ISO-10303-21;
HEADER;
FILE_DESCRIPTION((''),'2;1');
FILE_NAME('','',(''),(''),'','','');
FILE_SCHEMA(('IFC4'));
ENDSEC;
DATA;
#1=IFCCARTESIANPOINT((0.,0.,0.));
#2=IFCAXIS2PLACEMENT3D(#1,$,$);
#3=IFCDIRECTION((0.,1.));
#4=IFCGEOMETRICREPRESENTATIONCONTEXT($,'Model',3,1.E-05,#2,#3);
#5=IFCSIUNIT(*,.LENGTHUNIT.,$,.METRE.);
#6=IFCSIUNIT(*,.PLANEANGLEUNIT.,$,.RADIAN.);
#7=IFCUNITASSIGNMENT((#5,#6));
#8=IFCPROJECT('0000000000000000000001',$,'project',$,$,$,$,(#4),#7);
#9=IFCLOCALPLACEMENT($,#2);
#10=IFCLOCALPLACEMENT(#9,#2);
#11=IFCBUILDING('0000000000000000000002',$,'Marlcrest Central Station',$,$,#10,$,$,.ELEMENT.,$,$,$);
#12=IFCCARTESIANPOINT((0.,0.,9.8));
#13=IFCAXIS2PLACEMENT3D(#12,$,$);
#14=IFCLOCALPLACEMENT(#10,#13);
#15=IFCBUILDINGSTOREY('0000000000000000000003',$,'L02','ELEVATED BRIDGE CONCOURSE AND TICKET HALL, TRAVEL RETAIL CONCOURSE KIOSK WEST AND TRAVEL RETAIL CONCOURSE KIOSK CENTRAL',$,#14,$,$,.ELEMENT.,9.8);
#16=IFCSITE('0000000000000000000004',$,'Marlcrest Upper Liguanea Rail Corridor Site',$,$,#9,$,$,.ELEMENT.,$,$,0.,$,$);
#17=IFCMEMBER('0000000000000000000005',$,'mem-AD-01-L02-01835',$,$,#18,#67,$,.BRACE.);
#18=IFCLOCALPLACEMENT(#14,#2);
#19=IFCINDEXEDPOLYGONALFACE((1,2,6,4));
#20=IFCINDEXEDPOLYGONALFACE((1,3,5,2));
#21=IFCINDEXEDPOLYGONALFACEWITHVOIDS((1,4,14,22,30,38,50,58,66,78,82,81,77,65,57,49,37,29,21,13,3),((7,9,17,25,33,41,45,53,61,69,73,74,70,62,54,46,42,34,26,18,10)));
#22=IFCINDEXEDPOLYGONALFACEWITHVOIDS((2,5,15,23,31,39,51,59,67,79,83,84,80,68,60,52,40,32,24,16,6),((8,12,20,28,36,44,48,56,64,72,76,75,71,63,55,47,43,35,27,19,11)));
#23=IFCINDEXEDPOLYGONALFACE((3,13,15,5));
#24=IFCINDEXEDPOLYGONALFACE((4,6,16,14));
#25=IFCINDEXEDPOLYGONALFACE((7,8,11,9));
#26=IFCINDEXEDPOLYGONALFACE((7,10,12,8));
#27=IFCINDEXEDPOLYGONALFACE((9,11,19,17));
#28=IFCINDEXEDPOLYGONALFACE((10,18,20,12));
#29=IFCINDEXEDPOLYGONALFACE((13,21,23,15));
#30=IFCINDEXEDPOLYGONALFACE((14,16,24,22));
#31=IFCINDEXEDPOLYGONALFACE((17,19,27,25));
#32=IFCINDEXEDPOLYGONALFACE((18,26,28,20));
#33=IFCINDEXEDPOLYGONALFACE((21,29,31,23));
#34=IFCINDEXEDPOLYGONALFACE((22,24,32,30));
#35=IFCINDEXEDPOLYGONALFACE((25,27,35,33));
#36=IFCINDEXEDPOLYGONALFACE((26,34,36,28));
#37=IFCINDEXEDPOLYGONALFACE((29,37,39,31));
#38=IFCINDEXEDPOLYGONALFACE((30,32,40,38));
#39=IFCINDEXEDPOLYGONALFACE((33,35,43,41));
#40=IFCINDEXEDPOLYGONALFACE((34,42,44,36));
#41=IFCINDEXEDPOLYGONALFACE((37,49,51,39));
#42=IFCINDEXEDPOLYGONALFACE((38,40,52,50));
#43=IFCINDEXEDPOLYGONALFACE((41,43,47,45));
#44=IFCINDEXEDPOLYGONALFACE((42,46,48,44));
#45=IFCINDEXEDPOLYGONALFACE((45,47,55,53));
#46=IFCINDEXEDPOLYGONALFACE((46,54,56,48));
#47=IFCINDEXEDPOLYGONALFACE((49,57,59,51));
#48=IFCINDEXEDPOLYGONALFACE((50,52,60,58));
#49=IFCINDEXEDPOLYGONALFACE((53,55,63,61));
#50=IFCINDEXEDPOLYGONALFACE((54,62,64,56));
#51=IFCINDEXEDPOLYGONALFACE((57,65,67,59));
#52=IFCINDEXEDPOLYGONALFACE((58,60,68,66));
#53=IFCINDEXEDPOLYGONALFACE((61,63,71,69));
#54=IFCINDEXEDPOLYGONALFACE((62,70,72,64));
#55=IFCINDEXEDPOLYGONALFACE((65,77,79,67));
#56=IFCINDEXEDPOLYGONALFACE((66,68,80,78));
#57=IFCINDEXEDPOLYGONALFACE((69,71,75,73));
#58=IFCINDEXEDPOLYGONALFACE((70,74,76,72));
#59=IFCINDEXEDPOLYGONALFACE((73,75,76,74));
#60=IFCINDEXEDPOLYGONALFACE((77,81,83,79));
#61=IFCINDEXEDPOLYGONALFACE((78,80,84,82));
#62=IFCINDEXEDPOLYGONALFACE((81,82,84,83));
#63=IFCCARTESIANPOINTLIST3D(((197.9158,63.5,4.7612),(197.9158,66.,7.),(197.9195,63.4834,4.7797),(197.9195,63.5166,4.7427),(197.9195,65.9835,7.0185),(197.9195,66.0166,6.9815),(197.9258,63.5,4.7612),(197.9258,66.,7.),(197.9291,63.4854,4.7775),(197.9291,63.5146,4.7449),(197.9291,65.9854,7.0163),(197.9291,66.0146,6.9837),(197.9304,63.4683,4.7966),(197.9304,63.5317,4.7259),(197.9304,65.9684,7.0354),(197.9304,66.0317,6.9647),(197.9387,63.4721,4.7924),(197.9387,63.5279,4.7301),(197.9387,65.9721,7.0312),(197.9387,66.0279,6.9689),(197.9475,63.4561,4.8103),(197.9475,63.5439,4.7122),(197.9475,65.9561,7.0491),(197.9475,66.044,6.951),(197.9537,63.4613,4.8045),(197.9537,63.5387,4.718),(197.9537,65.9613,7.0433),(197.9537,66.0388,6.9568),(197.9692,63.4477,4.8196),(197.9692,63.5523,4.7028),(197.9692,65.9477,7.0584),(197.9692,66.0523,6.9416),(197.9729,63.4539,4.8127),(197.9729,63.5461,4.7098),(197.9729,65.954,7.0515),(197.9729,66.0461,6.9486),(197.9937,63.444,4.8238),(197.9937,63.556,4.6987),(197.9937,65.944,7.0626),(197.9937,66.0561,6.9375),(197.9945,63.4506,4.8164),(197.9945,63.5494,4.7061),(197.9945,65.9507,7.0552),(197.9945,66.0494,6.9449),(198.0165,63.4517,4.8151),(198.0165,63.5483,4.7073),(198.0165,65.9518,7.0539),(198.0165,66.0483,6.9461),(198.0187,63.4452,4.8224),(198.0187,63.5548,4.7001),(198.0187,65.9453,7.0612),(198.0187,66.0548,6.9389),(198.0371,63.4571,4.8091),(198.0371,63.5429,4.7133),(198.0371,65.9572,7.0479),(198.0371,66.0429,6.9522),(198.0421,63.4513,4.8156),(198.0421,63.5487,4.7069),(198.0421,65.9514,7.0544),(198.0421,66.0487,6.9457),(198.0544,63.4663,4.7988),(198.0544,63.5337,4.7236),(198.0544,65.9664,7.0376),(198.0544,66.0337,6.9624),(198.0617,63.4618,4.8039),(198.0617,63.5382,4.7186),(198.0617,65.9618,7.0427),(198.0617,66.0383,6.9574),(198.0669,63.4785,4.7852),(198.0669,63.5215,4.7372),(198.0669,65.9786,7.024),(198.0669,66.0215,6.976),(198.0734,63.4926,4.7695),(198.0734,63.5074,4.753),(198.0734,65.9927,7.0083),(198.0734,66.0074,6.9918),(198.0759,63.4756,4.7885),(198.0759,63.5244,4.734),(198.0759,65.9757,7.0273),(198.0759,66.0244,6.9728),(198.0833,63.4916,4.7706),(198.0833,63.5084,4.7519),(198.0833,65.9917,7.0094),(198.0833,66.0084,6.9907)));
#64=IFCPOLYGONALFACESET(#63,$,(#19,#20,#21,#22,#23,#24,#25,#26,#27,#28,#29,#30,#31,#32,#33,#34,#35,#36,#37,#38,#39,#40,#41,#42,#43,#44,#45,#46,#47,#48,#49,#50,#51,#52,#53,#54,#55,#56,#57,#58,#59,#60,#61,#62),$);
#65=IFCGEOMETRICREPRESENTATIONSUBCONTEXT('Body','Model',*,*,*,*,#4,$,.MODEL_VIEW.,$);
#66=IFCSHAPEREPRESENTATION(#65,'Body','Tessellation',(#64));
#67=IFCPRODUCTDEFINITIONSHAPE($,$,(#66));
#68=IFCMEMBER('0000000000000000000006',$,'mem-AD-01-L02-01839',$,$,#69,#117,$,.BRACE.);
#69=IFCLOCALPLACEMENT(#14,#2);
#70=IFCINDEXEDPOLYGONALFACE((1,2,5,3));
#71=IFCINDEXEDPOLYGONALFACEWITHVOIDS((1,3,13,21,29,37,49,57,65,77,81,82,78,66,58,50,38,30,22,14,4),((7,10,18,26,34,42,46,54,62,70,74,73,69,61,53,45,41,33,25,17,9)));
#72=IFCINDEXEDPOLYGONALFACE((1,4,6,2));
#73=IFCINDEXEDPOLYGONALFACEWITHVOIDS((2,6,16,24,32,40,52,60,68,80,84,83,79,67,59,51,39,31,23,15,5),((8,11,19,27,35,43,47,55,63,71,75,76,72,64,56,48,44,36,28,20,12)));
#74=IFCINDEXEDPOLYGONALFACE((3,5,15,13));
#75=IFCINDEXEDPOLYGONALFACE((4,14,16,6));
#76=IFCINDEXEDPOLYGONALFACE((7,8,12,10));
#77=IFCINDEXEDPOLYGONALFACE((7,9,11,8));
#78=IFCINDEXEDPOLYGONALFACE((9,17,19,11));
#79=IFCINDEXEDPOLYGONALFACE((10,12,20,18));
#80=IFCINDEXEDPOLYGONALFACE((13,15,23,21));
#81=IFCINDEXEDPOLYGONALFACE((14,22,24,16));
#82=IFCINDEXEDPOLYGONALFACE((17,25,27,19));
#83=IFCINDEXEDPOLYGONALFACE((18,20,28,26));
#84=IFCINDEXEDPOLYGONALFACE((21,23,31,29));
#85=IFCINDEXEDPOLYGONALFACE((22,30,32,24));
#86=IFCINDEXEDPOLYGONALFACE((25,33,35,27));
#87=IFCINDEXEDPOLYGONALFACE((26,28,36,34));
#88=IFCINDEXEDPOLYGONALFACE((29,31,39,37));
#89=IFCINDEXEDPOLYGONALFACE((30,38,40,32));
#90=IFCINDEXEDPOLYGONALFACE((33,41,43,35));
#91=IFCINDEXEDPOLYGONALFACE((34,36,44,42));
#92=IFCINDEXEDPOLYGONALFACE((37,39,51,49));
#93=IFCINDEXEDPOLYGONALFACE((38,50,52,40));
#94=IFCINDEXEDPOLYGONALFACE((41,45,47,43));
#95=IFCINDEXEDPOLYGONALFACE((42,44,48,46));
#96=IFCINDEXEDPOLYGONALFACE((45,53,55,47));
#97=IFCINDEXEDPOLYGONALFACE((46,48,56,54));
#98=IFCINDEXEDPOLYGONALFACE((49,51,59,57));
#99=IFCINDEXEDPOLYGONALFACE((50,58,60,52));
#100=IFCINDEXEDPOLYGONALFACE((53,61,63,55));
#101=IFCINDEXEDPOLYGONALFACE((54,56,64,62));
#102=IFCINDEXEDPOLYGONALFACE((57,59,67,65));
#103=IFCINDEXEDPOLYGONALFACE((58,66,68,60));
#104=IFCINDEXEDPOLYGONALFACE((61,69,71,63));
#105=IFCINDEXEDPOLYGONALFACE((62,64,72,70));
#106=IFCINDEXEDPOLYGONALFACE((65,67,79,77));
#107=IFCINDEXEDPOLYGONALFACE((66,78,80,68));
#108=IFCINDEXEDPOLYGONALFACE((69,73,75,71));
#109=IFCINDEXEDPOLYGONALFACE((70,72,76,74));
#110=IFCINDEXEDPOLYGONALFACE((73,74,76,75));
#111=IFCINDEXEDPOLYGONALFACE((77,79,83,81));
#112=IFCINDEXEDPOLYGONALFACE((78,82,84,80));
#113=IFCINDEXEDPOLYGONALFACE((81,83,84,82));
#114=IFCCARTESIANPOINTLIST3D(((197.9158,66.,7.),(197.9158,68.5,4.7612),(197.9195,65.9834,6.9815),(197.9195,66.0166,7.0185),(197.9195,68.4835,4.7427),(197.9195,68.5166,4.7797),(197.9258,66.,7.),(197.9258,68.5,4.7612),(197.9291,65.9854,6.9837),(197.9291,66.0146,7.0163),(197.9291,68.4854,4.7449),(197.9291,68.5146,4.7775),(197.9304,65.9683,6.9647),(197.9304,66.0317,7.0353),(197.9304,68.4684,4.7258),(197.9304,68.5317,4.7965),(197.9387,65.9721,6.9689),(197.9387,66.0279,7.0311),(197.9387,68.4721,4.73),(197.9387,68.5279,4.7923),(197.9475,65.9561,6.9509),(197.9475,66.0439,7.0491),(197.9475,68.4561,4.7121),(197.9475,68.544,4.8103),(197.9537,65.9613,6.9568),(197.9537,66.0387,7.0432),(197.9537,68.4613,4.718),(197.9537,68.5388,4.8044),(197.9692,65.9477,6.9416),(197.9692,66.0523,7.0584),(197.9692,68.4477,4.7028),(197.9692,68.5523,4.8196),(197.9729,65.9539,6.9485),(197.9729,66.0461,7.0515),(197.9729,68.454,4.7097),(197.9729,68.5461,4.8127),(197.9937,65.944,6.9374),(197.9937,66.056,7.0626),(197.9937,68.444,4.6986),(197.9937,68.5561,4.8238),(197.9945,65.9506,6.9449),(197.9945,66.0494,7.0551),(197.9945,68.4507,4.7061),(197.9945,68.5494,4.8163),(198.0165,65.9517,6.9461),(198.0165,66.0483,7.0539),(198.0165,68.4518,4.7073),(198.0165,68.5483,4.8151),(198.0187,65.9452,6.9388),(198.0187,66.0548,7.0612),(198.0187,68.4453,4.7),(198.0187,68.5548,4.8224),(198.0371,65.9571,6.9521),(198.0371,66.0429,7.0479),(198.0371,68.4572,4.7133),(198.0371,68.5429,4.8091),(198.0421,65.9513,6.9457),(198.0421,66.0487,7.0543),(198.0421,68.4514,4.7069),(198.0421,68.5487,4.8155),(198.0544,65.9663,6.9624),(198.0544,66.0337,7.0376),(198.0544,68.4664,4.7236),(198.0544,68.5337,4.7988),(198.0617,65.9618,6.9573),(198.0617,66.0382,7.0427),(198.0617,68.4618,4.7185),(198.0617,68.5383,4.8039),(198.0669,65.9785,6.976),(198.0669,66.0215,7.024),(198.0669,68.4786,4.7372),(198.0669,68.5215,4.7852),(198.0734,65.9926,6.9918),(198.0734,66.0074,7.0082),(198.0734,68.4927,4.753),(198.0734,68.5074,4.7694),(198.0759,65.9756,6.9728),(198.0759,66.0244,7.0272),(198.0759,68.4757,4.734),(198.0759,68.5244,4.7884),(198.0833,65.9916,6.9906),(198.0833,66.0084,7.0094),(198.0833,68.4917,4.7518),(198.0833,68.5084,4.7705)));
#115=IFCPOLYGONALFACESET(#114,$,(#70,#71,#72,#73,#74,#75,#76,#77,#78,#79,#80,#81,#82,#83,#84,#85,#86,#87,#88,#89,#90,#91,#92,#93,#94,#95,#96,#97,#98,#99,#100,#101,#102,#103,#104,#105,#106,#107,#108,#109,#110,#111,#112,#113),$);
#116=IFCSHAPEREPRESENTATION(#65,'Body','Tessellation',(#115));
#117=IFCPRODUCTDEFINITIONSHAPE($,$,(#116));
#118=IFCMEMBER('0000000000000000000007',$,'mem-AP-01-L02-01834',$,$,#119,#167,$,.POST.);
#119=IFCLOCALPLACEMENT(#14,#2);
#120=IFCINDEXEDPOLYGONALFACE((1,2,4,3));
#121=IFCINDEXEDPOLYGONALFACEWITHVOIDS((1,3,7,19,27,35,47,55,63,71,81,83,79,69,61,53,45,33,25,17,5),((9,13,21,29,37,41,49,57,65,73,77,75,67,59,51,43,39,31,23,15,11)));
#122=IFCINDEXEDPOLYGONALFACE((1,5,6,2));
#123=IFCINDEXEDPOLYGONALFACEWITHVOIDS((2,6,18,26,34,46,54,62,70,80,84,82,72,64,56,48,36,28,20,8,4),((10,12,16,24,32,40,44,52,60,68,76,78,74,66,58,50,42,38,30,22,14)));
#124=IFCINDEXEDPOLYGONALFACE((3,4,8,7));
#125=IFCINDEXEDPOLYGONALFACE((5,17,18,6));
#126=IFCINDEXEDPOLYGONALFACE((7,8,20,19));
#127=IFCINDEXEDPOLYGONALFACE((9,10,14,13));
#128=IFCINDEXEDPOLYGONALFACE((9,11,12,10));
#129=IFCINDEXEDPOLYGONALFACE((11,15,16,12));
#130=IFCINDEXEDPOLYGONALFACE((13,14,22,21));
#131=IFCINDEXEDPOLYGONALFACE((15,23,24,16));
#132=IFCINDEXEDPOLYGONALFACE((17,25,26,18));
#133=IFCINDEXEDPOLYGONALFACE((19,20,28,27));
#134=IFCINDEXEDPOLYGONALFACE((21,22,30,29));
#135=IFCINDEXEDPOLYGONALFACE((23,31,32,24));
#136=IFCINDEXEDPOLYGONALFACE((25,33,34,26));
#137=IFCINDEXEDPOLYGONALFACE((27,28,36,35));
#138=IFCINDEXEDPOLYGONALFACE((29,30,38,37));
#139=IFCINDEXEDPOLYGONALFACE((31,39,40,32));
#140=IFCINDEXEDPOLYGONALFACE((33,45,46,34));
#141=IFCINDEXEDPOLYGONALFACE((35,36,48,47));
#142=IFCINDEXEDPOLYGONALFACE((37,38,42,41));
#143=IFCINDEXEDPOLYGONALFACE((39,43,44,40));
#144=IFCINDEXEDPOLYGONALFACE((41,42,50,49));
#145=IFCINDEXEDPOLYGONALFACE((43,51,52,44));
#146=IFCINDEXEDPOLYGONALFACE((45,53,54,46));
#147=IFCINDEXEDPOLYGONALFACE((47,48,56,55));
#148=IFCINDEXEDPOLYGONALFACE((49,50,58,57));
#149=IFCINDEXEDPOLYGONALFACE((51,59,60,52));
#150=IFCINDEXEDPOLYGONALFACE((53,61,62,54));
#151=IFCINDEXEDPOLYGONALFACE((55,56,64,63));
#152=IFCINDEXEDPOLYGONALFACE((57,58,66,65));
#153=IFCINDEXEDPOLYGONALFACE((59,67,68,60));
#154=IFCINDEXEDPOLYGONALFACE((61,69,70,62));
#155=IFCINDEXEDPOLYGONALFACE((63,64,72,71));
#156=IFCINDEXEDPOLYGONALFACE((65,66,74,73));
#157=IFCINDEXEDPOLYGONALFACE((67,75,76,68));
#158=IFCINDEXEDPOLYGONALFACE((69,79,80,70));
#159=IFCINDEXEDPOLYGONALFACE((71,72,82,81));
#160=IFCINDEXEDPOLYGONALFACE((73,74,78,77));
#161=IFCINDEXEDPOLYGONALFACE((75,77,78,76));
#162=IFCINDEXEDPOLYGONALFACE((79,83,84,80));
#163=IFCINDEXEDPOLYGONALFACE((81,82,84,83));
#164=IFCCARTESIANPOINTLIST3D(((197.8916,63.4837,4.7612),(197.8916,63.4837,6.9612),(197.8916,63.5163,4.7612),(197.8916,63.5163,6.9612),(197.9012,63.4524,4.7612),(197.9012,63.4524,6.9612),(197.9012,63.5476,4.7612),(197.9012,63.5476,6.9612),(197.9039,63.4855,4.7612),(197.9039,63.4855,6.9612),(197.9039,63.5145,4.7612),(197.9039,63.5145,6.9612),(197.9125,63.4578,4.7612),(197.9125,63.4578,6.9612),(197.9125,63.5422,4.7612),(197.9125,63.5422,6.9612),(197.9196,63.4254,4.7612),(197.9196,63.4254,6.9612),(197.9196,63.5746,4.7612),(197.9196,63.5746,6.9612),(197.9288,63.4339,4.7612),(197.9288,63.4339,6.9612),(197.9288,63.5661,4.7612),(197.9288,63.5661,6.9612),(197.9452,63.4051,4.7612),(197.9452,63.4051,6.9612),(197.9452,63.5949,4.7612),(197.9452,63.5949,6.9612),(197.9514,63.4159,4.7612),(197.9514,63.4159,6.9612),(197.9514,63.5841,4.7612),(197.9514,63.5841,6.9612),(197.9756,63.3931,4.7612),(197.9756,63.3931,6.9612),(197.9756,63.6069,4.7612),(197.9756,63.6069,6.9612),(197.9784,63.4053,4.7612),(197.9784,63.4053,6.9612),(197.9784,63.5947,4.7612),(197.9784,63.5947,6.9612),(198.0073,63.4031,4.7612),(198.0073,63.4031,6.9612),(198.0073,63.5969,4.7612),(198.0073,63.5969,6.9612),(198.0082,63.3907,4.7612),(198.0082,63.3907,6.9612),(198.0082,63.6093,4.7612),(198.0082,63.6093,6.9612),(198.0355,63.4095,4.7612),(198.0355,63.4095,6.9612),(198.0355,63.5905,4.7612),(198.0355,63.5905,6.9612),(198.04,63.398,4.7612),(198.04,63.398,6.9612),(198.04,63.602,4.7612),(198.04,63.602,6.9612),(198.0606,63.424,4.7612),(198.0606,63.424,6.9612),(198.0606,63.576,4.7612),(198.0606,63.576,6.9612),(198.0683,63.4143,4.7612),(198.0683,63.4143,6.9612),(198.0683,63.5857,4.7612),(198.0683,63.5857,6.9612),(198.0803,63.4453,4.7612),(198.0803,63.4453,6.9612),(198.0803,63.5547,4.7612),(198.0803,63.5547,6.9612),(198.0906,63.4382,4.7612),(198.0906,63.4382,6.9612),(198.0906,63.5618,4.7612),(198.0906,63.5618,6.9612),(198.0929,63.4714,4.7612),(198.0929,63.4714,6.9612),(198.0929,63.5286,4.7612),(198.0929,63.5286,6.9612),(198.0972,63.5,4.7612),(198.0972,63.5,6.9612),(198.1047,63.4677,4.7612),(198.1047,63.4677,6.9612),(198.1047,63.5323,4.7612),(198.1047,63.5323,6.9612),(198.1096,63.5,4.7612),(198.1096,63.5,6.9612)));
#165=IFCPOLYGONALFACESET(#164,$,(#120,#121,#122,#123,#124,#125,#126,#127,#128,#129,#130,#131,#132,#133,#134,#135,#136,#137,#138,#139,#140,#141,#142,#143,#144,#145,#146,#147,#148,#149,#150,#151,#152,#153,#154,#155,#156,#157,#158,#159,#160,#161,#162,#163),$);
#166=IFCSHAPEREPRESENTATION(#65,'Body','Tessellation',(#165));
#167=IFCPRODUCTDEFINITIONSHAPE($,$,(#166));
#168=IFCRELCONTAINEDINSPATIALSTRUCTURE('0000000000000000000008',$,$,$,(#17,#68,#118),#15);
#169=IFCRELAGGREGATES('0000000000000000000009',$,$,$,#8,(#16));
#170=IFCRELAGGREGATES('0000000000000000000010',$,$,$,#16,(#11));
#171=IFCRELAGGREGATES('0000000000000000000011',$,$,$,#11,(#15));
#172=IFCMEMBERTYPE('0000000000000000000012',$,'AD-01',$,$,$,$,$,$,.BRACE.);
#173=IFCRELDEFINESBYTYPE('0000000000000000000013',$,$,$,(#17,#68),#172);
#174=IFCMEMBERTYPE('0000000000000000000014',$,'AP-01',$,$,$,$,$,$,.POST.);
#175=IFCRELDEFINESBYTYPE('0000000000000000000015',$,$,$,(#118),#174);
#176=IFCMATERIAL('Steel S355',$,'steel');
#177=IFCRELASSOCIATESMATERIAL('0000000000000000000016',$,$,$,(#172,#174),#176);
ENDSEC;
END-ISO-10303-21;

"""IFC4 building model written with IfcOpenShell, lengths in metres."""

from ifc_helpers import new_model, si_unit, direction, frame, origin, origin_2d, place, context, subcontext, project, spatial, hollow_circle, extrude, material, material_profile, profile_set, type_object, element, save


model = new_model("IFC4")

# Units and contexts
model_context = context("Model", 3, precision=1e-05, world=origin(), true_north=direction((0.0, 1.0)))
body_context = subcontext(model_context, "Body", "Model", "MODEL_VIEW")
ifc_project = project(units=[si_unit("LENGTHUNIT", "METRE"), si_unit("PLANEANGLEUNIT", "RADIAN")], contexts=[model_context])

# Site, building, storey
site_placement = place(None, origin())
site = spatial("IfcSite", under=ifc_project, at=site_placement, Name="Marlcrest Upper Liguanea Rail Corridor Site", CompositionType="ELEMENT", RefElevation=0.0)
building_placement = place(site_placement, origin())
building = spatial("IfcBuilding", under=site, at=building_placement, Name="Marlcrest Central Station", CompositionType="ELEMENT")
storey_placement = place(building_placement, frame((0.0, 0.0, 9.8)))
storey = spatial("IfcBuildingStorey", under=building, at=storey_placement, Name="L02", Description="ELEVATED BRIDGE CONCOURSE AND TICKET HALL, TRAVEL RETAIL CONCOURSE KIOSK WEST AND TRAVEL RETAIL CONCOURSE KIOSK CENTRAL", CompositionType="ELEMENT", Elevation=9.8)

# Members
ifc_material = material(Name="Steel S355", Category="steel")
ifc_material_profile_1 = material_profile(ifc_material, hollow_circle(Radius=0.0842, WallThickness=0.01, at=origin_2d()), Name="CHS 168.3x10")
ifc_profile_set_1 = profile_set([ifc_material_profile_1], Name="Steel S355")
member_type_1 = type_object("IfcMemberType", Name="AD-01", PredefinedType="BRACE", material=ifc_profile_set_1)
for number, where, z_axis, x_axis, name in (
    (1, (198.0, 63.5, 4.7612), (0.0, 0.744956, 0.667114), (-1.0, 0.0, 0.0), "mem-AD-01-L02-01835"),
    (2, (198.0, 66.0, 7.0), (0.0, 0.744956, -0.667114), (-1.0, 0.0, 0.0), "mem-AD-01-L02-01839"),
):
    element("IfcMember", number, at=place(storey_placement, frame(where, z_axis=z_axis, x_axis=x_axis)), inside=storey, type_object=member_type_1, Name=name, PredefinedType="BRACE", context=body_context, shape_type="SweptSolid", body=[
        extrude(hollow_circle(Radius=0.0842, WallThickness=0.01, at=origin_2d()), origin(), (0.0, 0.0, 1.0), 3.356),
    ])
ifc_material_profile_2 = material_profile(ifc_material, hollow_circle(Radius=0.1096, WallThickness=0.0125, at=origin_2d()), Name="CHS 219.1x12.5")
ifc_profile_set_2 = profile_set([ifc_material_profile_2], Name="Steel S355")
member_type_2 = type_object("IfcMemberType", Name="AP-01", PredefinedType="POST", material=ifc_profile_set_2)
for number, where, z_axis, x_axis, name in (
    (3, (198.0, 63.5, 4.7612), (0.0, 0.0, 1.0), (1.0, 0.0, 0.0), "mem-AP-01-L02-01834"),
):
    element("IfcMember", number, at=place(storey_placement, frame(where, z_axis=z_axis, x_axis=x_axis)), inside=storey, type_object=member_type_2, Name=name, PredefinedType="POST", context=body_context, shape_type="SweptSolid", body=[
        extrude(hollow_circle(Radius=0.1096, WallThickness=0.0125, at=origin_2d()), origin(), (0.0, 0.0, 1.0), 2.2),
    ])

save(model, "model.ifc")
